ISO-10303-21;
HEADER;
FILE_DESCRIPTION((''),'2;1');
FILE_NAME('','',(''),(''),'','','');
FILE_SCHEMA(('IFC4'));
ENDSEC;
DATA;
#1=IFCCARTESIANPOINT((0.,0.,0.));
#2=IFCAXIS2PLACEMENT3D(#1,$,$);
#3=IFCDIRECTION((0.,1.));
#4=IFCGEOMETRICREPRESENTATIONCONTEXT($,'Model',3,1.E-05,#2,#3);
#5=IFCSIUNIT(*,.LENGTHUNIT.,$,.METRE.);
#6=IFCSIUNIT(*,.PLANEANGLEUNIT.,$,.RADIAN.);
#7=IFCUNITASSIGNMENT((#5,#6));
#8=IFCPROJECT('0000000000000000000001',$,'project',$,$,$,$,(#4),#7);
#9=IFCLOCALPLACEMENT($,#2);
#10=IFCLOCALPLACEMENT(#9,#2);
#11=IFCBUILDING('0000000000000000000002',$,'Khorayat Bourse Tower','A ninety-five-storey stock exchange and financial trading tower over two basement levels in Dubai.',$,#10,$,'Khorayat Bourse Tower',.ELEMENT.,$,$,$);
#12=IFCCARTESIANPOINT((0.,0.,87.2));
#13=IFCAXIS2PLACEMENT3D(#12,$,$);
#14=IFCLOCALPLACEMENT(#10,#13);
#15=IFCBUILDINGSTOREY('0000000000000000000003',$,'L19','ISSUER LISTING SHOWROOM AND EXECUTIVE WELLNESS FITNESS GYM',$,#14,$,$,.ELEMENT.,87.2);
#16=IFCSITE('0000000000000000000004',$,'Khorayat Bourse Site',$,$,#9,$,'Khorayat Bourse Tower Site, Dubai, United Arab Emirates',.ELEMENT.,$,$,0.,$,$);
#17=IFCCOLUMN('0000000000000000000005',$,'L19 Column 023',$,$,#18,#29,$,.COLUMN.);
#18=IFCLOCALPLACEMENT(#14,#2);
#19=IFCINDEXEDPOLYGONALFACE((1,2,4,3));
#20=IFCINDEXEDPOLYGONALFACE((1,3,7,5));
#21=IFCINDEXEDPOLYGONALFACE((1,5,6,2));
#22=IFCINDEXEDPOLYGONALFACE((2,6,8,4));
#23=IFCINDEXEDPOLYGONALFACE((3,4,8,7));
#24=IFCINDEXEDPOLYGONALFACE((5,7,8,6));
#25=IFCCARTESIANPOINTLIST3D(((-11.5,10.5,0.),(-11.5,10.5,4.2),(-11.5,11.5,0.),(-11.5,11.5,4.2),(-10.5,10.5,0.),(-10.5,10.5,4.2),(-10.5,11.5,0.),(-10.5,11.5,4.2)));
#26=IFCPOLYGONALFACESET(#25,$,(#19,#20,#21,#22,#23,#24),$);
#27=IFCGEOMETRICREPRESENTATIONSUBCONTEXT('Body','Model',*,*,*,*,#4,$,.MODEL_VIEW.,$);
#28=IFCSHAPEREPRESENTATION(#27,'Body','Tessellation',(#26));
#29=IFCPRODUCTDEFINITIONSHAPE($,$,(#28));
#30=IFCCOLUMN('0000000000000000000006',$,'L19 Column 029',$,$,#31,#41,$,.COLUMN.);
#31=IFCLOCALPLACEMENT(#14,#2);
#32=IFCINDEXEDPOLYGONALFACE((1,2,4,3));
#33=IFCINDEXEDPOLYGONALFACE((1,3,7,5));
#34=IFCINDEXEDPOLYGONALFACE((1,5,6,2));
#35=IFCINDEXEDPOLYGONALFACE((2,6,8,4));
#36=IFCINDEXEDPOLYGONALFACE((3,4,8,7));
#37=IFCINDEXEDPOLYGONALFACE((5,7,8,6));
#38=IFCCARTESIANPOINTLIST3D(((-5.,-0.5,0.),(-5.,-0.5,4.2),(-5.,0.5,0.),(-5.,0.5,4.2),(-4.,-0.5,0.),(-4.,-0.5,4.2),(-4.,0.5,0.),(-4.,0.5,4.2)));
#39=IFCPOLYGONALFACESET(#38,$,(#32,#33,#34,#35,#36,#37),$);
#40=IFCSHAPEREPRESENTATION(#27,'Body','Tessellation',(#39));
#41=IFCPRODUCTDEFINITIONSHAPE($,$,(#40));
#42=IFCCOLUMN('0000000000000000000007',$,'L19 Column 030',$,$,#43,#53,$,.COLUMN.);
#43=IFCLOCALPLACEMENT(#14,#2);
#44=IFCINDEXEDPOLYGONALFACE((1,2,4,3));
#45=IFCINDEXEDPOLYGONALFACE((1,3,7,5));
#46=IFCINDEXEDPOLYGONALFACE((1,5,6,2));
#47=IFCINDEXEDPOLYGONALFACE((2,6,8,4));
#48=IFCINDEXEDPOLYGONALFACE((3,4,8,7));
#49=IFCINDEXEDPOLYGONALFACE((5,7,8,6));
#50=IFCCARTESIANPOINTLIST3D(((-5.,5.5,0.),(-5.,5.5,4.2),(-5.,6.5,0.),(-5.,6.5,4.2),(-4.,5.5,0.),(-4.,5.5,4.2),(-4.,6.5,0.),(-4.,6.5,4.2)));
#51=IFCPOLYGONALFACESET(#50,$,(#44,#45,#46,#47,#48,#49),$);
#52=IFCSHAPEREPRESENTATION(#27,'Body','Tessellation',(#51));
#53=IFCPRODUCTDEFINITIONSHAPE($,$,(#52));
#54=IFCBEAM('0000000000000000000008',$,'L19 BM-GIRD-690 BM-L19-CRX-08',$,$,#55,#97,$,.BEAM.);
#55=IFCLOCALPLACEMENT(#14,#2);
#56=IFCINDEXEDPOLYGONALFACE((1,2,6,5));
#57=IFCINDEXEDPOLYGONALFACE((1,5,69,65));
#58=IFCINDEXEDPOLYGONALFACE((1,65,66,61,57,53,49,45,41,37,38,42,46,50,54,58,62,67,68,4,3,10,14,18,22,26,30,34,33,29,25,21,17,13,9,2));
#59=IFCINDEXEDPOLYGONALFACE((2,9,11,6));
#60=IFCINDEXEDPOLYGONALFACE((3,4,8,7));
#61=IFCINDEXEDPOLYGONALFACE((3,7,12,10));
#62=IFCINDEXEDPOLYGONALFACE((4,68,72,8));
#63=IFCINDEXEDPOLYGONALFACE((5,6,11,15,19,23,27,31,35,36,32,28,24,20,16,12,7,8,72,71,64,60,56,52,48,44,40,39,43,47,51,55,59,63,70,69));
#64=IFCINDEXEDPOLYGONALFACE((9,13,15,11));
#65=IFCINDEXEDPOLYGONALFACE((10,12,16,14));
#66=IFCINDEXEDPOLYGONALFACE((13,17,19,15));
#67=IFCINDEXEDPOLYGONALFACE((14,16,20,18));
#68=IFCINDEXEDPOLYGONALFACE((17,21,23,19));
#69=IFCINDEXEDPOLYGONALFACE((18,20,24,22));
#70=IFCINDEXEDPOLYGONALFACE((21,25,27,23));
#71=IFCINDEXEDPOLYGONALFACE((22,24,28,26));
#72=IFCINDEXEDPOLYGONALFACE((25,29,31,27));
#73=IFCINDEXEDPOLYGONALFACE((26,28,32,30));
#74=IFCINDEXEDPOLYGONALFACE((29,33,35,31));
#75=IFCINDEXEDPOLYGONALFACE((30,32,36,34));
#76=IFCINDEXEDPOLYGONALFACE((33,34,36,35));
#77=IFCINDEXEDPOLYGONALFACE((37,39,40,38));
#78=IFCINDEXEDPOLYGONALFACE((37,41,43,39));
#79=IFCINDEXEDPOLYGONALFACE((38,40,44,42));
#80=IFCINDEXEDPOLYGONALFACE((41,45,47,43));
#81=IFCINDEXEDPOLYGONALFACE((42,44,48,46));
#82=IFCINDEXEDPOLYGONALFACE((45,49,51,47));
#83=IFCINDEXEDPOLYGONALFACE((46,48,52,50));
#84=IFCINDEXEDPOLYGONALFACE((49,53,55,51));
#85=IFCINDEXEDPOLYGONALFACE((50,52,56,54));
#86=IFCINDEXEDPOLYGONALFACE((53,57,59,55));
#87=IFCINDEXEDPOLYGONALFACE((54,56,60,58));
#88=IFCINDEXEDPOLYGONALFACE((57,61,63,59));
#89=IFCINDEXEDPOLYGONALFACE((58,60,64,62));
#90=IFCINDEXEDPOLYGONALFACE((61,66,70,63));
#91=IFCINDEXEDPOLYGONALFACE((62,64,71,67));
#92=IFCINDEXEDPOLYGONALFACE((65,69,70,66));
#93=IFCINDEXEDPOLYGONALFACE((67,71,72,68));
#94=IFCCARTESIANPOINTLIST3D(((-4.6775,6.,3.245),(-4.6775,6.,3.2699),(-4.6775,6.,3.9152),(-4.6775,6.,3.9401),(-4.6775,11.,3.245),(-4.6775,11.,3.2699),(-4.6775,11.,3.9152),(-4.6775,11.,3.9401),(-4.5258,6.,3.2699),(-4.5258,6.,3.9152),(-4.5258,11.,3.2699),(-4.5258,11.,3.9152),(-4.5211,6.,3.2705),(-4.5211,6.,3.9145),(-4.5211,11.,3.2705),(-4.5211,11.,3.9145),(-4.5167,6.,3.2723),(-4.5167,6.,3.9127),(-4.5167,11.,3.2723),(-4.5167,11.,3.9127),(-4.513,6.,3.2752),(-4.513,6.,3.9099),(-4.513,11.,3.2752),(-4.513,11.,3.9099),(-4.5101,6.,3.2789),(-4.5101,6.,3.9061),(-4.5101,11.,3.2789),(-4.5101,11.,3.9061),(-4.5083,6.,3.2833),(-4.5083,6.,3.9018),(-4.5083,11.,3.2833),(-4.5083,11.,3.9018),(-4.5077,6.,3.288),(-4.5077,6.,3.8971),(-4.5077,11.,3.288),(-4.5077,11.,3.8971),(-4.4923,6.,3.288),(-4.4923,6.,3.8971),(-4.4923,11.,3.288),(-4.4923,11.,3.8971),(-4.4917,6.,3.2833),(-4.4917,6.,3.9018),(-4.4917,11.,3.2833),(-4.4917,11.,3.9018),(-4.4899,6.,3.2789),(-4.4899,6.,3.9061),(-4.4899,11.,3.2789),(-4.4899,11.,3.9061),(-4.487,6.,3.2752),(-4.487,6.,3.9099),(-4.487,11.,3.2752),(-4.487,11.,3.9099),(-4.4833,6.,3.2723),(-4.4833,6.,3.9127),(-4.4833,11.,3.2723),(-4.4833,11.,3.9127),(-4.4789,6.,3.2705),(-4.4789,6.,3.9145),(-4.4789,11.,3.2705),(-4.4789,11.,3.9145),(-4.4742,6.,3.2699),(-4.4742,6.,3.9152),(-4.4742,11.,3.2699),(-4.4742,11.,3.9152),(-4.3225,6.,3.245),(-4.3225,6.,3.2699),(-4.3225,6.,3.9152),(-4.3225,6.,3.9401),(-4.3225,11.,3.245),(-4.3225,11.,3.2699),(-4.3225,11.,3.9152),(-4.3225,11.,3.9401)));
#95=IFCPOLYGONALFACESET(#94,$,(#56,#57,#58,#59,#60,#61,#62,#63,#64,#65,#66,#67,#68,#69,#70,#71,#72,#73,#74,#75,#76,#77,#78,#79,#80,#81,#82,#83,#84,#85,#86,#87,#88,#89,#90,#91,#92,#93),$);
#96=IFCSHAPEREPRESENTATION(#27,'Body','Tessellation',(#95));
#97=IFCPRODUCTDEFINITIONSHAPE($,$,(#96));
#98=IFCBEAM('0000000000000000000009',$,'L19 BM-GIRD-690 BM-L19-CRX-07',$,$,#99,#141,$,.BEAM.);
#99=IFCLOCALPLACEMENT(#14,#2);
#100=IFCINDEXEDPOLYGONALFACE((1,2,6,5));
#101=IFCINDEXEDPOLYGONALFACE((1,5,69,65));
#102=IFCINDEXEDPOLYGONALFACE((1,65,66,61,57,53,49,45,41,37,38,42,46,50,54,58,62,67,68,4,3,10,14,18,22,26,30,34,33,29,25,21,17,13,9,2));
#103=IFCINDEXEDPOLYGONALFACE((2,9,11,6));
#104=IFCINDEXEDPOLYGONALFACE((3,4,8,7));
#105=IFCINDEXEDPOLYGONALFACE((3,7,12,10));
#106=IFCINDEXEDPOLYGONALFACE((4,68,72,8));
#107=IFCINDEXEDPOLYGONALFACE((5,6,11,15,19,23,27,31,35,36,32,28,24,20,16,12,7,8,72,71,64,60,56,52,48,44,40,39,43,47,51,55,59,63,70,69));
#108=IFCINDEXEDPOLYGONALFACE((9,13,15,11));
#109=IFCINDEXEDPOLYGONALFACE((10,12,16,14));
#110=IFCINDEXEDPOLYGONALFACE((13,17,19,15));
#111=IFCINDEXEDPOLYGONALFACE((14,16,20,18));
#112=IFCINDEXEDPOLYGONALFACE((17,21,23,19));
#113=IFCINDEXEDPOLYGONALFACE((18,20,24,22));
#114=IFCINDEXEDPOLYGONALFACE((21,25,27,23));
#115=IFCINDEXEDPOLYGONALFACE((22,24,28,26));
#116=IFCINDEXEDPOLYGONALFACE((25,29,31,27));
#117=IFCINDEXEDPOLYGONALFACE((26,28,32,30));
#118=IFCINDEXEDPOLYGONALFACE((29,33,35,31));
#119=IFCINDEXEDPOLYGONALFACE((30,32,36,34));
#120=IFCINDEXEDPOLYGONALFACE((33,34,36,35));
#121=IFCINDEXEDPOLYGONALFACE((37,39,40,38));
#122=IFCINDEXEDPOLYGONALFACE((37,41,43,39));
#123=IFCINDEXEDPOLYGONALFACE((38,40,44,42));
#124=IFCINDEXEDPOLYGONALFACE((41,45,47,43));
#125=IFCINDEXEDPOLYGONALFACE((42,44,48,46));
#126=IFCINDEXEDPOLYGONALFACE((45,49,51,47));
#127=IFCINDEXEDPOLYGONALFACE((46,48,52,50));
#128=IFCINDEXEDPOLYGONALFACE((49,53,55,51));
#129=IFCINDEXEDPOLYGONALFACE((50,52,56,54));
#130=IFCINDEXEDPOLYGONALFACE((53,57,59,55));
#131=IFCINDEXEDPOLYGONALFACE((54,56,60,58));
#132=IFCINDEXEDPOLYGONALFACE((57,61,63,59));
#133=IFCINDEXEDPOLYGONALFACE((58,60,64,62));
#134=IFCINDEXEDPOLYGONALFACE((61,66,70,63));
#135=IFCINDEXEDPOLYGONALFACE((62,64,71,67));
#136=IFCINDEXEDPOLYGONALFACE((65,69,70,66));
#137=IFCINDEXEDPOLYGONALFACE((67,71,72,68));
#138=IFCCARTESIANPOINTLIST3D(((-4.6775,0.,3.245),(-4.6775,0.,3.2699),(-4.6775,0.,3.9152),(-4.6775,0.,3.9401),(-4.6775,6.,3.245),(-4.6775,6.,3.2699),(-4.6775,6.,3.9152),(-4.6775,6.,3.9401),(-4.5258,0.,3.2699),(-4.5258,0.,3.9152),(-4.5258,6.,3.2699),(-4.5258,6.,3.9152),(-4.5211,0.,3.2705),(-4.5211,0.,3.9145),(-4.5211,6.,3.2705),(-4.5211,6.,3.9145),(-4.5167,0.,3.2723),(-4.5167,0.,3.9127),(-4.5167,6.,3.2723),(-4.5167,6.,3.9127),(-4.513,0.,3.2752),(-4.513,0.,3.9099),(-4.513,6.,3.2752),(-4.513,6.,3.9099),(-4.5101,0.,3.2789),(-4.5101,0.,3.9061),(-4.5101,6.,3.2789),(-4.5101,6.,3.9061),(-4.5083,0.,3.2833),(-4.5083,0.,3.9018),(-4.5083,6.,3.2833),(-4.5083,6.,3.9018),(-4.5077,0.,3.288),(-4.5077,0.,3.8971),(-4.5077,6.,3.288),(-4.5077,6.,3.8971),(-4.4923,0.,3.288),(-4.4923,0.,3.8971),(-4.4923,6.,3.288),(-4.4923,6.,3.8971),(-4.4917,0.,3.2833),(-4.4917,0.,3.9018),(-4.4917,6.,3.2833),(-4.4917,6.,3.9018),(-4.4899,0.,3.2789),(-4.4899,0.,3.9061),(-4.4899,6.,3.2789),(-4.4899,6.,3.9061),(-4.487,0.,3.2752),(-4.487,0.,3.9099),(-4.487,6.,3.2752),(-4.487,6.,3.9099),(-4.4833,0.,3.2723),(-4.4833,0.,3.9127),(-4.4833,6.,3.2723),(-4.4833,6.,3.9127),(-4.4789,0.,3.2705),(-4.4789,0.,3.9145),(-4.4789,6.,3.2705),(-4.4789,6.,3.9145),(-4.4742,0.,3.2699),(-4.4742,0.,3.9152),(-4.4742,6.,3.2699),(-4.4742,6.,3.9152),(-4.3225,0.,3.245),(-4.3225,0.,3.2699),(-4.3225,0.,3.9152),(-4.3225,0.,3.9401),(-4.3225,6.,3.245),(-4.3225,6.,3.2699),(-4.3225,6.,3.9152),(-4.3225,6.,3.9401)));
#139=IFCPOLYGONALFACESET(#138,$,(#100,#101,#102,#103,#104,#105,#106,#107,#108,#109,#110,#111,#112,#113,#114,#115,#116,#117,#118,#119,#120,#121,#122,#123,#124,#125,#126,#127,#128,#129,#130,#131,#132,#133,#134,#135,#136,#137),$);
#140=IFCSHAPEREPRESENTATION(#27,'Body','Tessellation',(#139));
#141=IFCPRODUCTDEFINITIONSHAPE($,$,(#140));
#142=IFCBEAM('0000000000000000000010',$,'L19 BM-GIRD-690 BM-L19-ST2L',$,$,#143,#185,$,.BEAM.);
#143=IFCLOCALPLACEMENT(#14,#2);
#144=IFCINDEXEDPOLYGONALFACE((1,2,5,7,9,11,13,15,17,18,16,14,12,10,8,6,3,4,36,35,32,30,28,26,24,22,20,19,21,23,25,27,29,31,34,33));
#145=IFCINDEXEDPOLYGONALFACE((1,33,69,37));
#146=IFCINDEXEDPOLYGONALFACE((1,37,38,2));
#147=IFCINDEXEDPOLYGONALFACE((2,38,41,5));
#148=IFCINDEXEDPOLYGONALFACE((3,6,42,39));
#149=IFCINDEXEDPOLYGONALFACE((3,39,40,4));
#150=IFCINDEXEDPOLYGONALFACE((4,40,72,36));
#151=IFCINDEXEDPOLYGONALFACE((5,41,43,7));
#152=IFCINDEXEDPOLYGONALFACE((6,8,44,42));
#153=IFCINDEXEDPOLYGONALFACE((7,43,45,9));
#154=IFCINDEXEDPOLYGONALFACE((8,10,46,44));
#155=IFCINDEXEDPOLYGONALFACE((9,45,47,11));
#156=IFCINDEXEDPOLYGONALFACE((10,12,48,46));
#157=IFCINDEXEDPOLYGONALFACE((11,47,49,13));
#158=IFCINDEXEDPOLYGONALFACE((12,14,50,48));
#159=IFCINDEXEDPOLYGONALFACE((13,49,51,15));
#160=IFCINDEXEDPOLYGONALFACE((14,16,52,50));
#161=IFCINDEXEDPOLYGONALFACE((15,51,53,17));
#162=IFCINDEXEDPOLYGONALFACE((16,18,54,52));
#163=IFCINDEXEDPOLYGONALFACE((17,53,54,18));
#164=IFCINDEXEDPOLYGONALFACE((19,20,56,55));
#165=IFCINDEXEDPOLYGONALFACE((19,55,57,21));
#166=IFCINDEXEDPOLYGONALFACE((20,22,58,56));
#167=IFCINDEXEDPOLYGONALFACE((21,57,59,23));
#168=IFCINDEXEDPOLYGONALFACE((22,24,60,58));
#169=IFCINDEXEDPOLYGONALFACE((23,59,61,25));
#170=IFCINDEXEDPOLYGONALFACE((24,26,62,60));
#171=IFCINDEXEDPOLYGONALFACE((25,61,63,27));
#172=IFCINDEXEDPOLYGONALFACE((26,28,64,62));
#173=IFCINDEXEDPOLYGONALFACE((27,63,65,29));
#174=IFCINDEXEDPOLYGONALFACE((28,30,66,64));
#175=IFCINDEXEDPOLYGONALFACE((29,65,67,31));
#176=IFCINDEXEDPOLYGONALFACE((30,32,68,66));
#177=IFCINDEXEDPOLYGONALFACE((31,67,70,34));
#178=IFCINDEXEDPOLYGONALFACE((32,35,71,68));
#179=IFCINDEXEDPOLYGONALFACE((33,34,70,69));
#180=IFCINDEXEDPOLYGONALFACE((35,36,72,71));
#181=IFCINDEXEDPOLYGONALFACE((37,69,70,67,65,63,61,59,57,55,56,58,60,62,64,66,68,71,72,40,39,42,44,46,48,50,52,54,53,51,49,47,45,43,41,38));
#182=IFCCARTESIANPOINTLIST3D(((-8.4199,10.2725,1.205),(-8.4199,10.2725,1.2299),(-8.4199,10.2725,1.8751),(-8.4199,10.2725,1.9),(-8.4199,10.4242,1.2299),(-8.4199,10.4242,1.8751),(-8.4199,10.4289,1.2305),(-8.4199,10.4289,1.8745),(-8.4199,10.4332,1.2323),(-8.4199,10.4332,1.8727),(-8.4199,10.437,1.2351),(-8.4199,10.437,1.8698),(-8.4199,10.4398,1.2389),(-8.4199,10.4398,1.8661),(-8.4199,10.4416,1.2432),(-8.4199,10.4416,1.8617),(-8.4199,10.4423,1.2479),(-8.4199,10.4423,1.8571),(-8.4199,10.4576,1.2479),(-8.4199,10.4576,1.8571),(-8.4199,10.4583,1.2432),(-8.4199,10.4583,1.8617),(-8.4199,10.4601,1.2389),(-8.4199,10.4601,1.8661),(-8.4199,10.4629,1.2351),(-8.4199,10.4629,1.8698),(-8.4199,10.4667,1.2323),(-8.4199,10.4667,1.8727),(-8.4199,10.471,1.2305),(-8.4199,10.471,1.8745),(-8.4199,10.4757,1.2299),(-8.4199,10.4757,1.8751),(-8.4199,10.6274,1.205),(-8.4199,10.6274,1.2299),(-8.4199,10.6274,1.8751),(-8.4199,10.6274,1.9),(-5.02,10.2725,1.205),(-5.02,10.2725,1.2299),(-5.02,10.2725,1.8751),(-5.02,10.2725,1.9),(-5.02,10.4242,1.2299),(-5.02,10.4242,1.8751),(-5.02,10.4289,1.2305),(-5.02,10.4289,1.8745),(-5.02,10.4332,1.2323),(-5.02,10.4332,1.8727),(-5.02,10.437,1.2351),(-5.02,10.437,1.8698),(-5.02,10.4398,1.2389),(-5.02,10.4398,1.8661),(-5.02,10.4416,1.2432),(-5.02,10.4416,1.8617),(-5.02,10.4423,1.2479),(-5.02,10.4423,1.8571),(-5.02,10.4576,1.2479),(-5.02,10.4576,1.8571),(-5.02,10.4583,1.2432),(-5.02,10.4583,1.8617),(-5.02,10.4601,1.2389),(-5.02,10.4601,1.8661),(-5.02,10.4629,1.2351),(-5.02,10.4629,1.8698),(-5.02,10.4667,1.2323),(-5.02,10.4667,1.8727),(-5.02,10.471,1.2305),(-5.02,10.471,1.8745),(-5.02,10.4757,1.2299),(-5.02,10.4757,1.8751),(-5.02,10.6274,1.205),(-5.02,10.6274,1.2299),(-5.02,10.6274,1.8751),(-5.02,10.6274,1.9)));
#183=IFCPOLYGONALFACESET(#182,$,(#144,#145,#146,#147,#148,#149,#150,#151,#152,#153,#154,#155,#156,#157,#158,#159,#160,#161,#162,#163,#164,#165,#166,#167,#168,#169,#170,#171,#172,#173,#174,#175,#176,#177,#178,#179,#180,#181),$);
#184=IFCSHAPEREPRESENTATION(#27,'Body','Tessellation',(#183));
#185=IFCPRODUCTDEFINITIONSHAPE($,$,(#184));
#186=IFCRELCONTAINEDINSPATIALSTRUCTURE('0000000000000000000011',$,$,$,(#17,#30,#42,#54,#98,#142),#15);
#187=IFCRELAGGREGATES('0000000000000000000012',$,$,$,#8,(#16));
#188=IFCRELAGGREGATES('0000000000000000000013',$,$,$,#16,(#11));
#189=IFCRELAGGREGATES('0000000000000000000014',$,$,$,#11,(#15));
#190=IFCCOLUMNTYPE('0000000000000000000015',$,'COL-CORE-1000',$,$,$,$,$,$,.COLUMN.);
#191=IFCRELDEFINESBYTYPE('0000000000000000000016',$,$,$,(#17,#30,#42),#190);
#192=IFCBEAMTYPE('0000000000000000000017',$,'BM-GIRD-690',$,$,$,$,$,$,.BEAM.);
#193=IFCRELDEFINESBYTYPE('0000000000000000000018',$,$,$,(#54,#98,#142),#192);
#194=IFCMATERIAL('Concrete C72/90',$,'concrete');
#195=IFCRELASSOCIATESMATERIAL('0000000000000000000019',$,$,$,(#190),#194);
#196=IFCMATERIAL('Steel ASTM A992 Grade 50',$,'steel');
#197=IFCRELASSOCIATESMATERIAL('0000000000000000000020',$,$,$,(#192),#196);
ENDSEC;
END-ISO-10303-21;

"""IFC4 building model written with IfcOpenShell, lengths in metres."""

from ifc_helpers import new_model, si_unit, direction, frame, origin, origin_2d, place, context, subcontext, project, spatial, rectangle, i_section, extrude, source, transform, mapped, material, material_profile, profile_set, type_object, element, save


model = new_model("IFC4")

# Units and contexts
model_context = context("Model", 3, precision=1e-05, world=origin(), true_north=direction((0.0, 1.0)))
body_context = subcontext(model_context, "Body", "Model", "MODEL_VIEW")
ifc_project = project(units=[si_unit("LENGTHUNIT", "METRE"), si_unit("PLANEANGLEUNIT", "RADIAN")], contexts=[model_context])

# Site, building, storey
site_placement = place(None, origin())
site = spatial("IfcSite", under=ifc_project, at=site_placement, Name="Khorayat Bourse Site", LongName="Khorayat Bourse Tower Site, Dubai, United Arab Emirates", CompositionType="ELEMENT", RefElevation=0.0)
building_placement = place(site_placement, origin())
building = spatial("IfcBuilding", under=site, at=building_placement, Name="Khorayat Bourse Tower", Description="A ninety-five-storey stock exchange and financial trading tower over two basement levels in Dubai.", LongName="Khorayat Bourse Tower", CompositionType="ELEMENT")
storey_placement = place(building_placement, frame((0.0, 0.0, 87.2)))
storey = spatial("IfcBuildingStorey", under=building, at=storey_placement, Name="L19", Description="ISSUER LISTING SHOWROOM AND EXECUTIVE WELLNESS FITNESS GYM", CompositionType="ELEMENT", Elevation=87.2)

# Columns
ifc_material_1 = material(Name="Concrete C72/90", Category="concrete")
ifc_material_profile_1 = material_profile(ifc_material_1, rectangle(XDim=1.0, YDim=1.0, at=origin_2d()), Name="RC 1000x1000")
ifc_profile_set_1 = profile_set([ifc_material_profile_1], Name="Concrete C72/90")
column_type = type_object("IfcColumnType", Name="COL-CORE-1000", PredefinedType="COLUMN", material=ifc_profile_set_1)
shared_shape_1 = source(origin(), body_context, "Body", "SweptSolid", [
    extrude(rectangle(XDim=1.0, YDim=1.0, at=origin_2d()), origin(), (0.0, 0.0, 1.0), 4.2),
])
for number, where, z_axis, x_axis, name in (
    (1, (-11.0, 11.0, 0.0), (0.0, 0.0, 1.0), (1.0, 0.0, 0.0), "L19 Column 023"),
    (2, (-4.5, 0.0, 0.0), (0.0, 0.0, 1.0), (1.0, 0.0, 0.0), "L19 Column 029"),
    (3, (-4.5, 6.0, 0.0), (0.0, 0.0, 1.0), (1.0, 0.0, 0.0), "L19 Column 030"),
):
    element("IfcColumn", number, at=place(storey_placement, frame(where, z_axis=z_axis, x_axis=x_axis)), inside=storey, type_object=column_type, Name=name, PredefinedType="COLUMN", context=body_context, shape_type="MappedRepresentation", body=[
        mapped(shared_shape_1, transform((0.0, 0.0, 0.0), scale=1.0)),
    ])

# Beams
ifc_material_2 = material(Name="Steel ASTM A992 Grade 50", Category="steel")
ifc_material_profile_2 = material_profile(ifc_material_2, i_section(OverallWidth=0.355, OverallDepth=0.6951, WebThickness=0.0154, FlangeThickness=0.0249, FilletRadius=0.0181, at=origin_2d()), Name="W690X217")
ifc_profile_set_2 = profile_set([ifc_material_profile_2], Name="Steel ASTM A992 Grade 50")
beam_type = type_object("IfcBeamType", Name="BM-GIRD-690", PredefinedType="BEAM", material=ifc_profile_set_2)
shared_shape_2 = source(origin(), body_context, "Body", "SweptSolid", [
    extrude(i_section(OverallWidth=0.355, OverallDepth=0.6951, WebThickness=0.0154, FlangeThickness=0.0249, FilletRadius=0.0181, at=origin_2d()), origin(), (0.0, 0.0, 1.0), 5.0),
])
beam_1_placement = place(storey_placement, frame((-4.5, 6.0, 3.5925), z_axis=(0.0, 1.0, 0.0), x_axis=(-1.0, 0.0, 0.0)))
element("IfcBeam", 4, at=beam_1_placement, inside=storey, type_object=beam_type, Name="L19 BM-GIRD-690 BM-L19-CRX-08", PredefinedType="BEAM", context=body_context, shape_type="MappedRepresentation", body=[
    mapped(shared_shape_2, transform((0.0, 0.0, 0.0), scale=1.0)),
])
shared_shape_3 = source(origin(), body_context, "Body", "SweptSolid", [
    extrude(i_section(OverallWidth=0.355, OverallDepth=0.6951, WebThickness=0.0154, FlangeThickness=0.0249, FilletRadius=0.0181, at=origin_2d()), origin(), (0.0, 0.0, 1.0), 6.0),
])
beam_2_placement = place(storey_placement, frame((-4.5, 0.0, 3.5925), z_axis=(0.0, 1.0, 0.0), x_axis=(-1.0, 0.0, 0.0)))
element("IfcBeam", 5, at=beam_2_placement, inside=storey, type_object=beam_type, Name="L19 BM-GIRD-690 BM-L19-CRX-07", PredefinedType="BEAM", context=body_context, shape_type="MappedRepresentation", body=[
    mapped(shared_shape_3, transform((0.0, 0.0, 0.0), scale=1.0)),
])
shared_shape_4 = source(origin(), body_context, "Body", "SweptSolid", [
    extrude(i_section(OverallWidth=0.355, OverallDepth=0.6951, WebThickness=0.0154, FlangeThickness=0.0249, FilletRadius=0.0181, at=origin_2d()), origin(), (0.0, 0.0, 1.0), 3.3999),
])
beam_3_placement = place(storey_placement, frame((-8.4199, 10.45, 1.5525), z_axis=(1.0, 0.0, 0.0), x_axis=(0.0, 1.0, 0.0)))
element("IfcBeam", 6, at=beam_3_placement, inside=storey, type_object=beam_type, Name="L19 BM-GIRD-690 BM-L19-ST2L", PredefinedType="BEAM", context=body_context, shape_type="MappedRepresentation", body=[
    mapped(shared_shape_4, transform((0.0, 0.0, 0.0), scale=1.0)),
])

save(model, "model.ifc")
